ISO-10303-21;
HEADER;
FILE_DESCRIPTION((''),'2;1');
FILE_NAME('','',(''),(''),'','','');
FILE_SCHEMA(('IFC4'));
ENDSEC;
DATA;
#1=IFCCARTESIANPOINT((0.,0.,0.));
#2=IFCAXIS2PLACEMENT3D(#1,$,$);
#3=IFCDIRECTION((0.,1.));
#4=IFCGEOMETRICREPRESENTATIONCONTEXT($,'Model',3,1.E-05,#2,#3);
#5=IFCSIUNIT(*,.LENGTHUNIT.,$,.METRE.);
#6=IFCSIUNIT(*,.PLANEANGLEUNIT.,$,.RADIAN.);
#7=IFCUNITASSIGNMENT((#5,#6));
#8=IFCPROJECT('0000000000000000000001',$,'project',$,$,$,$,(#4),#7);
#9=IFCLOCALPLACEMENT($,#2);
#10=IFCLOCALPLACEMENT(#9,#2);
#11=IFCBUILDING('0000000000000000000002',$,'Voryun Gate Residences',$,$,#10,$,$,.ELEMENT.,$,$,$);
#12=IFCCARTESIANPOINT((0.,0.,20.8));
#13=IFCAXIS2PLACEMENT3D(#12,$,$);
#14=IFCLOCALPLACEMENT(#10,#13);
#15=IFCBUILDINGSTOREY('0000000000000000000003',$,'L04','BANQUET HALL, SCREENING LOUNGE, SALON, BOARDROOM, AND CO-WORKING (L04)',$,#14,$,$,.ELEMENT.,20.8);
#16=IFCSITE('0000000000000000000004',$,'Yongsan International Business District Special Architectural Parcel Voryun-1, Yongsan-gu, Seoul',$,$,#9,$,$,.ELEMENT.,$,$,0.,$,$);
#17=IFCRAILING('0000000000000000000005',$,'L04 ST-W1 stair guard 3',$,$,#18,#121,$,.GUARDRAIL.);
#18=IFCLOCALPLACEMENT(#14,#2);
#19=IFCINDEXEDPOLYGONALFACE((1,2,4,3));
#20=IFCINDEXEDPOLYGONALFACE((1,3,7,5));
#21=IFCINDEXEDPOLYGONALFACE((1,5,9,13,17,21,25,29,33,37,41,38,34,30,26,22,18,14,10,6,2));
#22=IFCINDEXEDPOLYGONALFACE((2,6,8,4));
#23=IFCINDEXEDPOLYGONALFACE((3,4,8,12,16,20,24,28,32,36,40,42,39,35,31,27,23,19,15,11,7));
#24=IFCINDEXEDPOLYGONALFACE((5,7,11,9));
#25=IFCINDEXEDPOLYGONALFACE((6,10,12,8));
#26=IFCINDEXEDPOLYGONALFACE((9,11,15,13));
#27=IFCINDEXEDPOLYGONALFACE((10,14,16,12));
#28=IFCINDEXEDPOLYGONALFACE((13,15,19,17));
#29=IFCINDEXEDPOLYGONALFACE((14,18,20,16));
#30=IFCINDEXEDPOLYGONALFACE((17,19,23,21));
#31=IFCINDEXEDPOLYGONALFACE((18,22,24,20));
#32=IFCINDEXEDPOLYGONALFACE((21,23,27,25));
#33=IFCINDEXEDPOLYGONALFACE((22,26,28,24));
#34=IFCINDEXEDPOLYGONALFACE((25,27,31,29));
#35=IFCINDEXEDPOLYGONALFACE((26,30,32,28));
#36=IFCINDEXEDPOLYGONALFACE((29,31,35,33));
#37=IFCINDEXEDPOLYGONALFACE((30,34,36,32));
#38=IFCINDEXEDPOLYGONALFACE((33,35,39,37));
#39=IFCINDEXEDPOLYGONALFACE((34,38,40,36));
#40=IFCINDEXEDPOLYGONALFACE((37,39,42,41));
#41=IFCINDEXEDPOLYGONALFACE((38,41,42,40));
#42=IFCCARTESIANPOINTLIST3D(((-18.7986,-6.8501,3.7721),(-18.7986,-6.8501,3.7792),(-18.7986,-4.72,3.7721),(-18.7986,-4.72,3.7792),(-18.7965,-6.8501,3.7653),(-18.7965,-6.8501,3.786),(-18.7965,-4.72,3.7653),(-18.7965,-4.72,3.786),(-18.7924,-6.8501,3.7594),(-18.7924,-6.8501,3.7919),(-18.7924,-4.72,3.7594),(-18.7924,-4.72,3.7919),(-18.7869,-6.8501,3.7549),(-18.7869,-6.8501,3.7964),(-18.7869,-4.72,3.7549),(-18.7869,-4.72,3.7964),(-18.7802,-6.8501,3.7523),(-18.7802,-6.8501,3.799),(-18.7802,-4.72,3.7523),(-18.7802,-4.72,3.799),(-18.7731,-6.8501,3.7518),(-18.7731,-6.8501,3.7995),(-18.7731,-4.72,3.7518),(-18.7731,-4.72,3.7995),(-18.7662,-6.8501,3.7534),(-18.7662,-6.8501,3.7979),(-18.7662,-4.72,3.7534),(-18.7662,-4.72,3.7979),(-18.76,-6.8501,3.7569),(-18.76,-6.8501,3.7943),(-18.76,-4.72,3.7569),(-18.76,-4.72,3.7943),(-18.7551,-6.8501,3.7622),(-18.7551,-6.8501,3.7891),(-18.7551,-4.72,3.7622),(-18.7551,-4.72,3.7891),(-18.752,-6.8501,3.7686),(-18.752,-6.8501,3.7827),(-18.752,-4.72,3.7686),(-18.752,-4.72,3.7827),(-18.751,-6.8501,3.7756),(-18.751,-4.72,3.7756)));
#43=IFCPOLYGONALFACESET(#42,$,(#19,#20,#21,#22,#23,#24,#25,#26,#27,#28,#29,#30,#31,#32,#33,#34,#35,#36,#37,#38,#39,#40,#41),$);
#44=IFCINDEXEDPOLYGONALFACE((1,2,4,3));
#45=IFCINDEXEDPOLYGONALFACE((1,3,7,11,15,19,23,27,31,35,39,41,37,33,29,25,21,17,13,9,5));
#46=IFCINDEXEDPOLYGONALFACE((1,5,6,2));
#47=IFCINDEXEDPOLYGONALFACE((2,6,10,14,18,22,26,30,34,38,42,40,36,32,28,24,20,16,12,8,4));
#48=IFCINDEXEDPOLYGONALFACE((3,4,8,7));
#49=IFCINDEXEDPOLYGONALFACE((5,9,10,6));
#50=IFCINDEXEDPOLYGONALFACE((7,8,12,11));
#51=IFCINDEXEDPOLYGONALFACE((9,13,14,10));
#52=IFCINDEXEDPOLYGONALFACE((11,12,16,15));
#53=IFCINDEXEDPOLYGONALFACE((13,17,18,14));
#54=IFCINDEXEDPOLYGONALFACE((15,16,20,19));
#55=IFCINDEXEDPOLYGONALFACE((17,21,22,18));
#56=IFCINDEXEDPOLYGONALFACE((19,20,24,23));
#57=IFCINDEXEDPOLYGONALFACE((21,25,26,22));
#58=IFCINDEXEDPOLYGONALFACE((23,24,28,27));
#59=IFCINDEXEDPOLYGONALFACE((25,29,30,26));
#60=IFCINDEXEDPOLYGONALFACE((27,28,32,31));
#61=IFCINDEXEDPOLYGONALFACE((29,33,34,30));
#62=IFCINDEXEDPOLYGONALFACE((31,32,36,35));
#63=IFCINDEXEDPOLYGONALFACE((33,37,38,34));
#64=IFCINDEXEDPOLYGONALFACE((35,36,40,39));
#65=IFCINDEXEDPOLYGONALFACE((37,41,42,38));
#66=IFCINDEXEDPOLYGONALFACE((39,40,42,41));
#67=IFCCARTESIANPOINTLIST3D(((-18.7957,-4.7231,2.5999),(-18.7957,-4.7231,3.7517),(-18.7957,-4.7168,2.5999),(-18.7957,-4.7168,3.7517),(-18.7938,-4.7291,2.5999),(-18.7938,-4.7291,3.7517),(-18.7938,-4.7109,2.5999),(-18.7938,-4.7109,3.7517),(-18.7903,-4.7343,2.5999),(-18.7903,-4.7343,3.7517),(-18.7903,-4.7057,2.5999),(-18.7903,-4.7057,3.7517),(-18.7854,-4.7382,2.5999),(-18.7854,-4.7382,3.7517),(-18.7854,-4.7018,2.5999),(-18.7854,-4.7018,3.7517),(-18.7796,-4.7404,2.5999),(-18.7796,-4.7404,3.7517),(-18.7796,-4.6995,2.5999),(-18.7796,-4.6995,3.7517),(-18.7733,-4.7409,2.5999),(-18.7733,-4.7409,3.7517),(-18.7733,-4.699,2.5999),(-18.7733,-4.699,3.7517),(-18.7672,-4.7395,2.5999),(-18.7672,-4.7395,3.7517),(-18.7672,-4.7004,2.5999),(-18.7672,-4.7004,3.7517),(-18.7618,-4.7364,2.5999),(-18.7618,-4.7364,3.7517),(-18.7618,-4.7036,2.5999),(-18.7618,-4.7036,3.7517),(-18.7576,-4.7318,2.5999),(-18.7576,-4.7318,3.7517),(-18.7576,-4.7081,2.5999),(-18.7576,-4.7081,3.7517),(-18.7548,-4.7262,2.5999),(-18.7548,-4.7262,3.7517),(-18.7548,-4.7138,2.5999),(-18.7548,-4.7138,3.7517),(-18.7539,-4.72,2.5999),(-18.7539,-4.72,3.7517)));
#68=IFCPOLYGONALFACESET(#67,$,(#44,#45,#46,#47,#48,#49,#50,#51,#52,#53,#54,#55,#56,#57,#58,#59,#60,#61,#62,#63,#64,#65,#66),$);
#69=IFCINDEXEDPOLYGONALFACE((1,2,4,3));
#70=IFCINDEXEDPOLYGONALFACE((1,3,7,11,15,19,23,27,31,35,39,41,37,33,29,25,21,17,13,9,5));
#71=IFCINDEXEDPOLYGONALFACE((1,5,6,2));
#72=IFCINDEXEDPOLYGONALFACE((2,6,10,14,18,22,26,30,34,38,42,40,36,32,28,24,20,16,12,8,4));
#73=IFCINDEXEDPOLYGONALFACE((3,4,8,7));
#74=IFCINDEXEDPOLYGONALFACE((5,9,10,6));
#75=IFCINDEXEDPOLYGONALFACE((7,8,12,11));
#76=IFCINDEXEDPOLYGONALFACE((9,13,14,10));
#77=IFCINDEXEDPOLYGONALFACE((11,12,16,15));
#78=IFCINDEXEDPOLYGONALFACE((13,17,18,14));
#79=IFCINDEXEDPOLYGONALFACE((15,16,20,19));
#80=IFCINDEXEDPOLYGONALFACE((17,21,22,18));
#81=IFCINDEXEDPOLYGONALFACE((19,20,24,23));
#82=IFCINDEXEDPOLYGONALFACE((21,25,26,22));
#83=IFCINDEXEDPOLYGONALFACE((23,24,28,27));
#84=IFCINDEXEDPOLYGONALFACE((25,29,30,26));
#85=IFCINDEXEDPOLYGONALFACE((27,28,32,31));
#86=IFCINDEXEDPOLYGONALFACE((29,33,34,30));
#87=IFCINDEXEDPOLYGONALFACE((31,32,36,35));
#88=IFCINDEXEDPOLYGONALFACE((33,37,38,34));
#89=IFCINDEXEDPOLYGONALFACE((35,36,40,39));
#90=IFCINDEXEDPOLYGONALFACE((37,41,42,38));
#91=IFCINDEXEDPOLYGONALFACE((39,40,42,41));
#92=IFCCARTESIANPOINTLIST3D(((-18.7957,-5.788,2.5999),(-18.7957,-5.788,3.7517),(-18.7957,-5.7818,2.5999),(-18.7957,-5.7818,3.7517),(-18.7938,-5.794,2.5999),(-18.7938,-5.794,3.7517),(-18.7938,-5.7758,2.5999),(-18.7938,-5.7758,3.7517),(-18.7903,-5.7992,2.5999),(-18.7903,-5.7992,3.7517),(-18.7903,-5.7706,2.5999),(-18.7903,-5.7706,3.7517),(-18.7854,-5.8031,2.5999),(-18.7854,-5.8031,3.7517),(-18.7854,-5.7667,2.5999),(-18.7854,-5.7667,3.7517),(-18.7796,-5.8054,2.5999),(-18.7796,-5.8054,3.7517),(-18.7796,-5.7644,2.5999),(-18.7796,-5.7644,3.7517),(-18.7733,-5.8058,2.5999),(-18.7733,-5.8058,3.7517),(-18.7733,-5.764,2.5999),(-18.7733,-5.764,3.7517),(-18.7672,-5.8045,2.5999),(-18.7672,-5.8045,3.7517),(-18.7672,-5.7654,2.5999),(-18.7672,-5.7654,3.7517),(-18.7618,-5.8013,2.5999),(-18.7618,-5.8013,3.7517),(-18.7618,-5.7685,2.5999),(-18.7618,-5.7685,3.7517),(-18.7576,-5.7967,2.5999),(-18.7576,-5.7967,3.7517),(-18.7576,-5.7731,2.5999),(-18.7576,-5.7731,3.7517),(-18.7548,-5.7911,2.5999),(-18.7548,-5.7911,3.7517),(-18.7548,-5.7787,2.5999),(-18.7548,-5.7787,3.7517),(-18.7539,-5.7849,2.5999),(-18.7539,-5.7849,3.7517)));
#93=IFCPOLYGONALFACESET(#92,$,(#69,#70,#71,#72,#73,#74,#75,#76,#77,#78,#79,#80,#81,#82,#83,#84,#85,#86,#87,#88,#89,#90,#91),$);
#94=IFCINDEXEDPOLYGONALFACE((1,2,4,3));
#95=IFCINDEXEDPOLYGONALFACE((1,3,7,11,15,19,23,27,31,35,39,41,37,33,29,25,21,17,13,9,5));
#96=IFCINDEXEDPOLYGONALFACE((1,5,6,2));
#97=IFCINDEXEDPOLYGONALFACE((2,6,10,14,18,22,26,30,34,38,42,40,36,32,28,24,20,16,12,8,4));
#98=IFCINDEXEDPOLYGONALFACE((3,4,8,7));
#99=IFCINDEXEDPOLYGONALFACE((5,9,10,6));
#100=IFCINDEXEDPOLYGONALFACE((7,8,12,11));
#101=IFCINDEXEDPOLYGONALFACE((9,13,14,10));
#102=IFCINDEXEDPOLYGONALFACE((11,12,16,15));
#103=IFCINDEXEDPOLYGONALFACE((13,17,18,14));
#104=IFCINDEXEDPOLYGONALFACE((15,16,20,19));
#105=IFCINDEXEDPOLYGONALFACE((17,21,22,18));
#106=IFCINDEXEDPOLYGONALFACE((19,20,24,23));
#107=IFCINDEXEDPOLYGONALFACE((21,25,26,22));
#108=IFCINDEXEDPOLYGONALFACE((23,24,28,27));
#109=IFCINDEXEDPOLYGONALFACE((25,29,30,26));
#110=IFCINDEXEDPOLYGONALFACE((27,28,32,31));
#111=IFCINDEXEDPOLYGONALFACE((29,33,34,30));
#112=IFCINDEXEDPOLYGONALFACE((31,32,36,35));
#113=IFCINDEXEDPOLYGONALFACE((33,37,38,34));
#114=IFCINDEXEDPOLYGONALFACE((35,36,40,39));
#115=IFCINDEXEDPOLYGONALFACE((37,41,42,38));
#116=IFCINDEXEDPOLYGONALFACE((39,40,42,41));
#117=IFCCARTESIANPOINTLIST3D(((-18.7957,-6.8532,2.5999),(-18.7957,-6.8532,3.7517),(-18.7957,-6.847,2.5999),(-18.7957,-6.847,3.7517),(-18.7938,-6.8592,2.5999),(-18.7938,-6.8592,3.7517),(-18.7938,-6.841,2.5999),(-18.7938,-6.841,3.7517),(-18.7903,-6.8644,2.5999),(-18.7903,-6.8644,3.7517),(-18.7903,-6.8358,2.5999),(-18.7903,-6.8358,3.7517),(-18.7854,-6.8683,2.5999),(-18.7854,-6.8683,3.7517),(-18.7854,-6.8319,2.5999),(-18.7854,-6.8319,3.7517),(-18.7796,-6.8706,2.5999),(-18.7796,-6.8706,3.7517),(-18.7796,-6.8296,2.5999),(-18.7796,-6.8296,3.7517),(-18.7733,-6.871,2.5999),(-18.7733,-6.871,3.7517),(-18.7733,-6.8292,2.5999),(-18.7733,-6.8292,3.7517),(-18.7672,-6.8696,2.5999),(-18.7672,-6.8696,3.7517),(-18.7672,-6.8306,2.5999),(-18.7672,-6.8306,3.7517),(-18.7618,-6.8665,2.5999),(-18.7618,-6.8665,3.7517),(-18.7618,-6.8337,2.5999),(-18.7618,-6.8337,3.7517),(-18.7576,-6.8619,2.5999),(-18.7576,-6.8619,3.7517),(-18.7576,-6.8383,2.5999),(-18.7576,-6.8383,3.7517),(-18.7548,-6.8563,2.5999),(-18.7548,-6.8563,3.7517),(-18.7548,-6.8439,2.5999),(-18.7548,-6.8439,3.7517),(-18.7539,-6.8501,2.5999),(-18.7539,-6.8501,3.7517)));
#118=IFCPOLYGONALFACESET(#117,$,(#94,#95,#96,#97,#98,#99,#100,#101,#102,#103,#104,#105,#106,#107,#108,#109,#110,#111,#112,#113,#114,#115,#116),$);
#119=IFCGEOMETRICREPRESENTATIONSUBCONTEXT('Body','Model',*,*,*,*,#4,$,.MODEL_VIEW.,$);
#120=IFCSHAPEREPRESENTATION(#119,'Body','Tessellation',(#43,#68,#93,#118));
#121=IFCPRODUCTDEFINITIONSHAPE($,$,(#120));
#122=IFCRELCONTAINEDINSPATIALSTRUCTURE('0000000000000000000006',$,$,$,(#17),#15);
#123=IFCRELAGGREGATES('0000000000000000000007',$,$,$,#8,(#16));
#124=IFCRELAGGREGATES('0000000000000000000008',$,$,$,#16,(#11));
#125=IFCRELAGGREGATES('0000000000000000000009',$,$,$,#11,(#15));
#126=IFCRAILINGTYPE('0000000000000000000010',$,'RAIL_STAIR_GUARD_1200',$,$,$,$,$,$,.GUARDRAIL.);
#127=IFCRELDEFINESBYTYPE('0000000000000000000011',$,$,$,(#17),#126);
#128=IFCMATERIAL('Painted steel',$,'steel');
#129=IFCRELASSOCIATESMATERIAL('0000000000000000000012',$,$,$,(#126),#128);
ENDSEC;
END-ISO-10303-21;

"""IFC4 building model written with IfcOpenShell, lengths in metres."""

from ifc_helpers import new_model, si_unit, direction, frame, origin, origin_2d, place, context, subcontext, project, spatial, circle, extrude, material, type_object, element, save


model = new_model("IFC4")

# Units and contexts
model_context = context("Model", 3, precision=1e-05, world=origin(), true_north=direction((0.0, 1.0)))
body_context = subcontext(model_context, "Body", "Model", "MODEL_VIEW")
ifc_project = project(units=[si_unit("LENGTHUNIT", "METRE"), si_unit("PLANEANGLEUNIT", "RADIAN")], contexts=[model_context])

# Site, building, storey
site_placement = place(None, origin())
site = spatial("IfcSite", under=ifc_project, at=site_placement, Name="Yongsan International Business District Special Architectural Parcel Voryun-1, Yongsan-gu, Seoul", CompositionType="ELEMENT", RefElevation=0.0)
building_placement = place(site_placement, origin())
building = spatial("IfcBuilding", under=site, at=building_placement, Name="Voryun Gate Residences", CompositionType="ELEMENT")
storey_placement = place(building_placement, frame((0.0, 0.0, 20.8)))
storey = spatial("IfcBuildingStorey", under=building, at=storey_placement, Name="L04", Description="BANQUET HALL, SCREENING LOUNGE, SALON, BOARDROOM, AND CO-WORKING (L04)", CompositionType="ELEMENT", Elevation=20.8)

# Railing
ifc_material_1 = material(Name="Painted steel", Category="steel")
railing_type = type_object("IfcRailingType", Name="RAIL_STAIR_GUARD_1200", PredefinedType="GUARDRAIL", material=ifc_material_1)
railing_1_placement = place(storey_placement, frame((-18.7749, -4.72, 2.5999)))
element("IfcRailing", 1, at=railing_1_placement, inside=storey, type_object=railing_type, Name="L04 ST-W1 stair guard 3", PredefinedType="GUARDRAIL", context=body_context, shape_type="SweptSolid", body=[
    extrude(circle(Radius=0.0239, at=origin_2d()), frame((0.0, 0.0, 1.1758), z_axis=(0.0, -1.0, 0.0), x_axis=(1.0, 0.0, 0.0)), (0.0, 0.0, 1.0), 2.1301),
    extrude(circle(Radius=0.021, at=origin_2d()), origin(), (0.0, 0.0, 1.0), 1.1519),
    extrude(circle(Radius=0.021, at=origin_2d()), frame((0.0, -1.0649, 0.0)), (0.0, 0.0, 1.0), 1.1519),
    extrude(circle(Radius=0.021, at=origin_2d()), frame((0.0, -2.1301, 0.0)), (0.0, 0.0, 1.0), 1.1519),
])

save(model, "model.ifc")
